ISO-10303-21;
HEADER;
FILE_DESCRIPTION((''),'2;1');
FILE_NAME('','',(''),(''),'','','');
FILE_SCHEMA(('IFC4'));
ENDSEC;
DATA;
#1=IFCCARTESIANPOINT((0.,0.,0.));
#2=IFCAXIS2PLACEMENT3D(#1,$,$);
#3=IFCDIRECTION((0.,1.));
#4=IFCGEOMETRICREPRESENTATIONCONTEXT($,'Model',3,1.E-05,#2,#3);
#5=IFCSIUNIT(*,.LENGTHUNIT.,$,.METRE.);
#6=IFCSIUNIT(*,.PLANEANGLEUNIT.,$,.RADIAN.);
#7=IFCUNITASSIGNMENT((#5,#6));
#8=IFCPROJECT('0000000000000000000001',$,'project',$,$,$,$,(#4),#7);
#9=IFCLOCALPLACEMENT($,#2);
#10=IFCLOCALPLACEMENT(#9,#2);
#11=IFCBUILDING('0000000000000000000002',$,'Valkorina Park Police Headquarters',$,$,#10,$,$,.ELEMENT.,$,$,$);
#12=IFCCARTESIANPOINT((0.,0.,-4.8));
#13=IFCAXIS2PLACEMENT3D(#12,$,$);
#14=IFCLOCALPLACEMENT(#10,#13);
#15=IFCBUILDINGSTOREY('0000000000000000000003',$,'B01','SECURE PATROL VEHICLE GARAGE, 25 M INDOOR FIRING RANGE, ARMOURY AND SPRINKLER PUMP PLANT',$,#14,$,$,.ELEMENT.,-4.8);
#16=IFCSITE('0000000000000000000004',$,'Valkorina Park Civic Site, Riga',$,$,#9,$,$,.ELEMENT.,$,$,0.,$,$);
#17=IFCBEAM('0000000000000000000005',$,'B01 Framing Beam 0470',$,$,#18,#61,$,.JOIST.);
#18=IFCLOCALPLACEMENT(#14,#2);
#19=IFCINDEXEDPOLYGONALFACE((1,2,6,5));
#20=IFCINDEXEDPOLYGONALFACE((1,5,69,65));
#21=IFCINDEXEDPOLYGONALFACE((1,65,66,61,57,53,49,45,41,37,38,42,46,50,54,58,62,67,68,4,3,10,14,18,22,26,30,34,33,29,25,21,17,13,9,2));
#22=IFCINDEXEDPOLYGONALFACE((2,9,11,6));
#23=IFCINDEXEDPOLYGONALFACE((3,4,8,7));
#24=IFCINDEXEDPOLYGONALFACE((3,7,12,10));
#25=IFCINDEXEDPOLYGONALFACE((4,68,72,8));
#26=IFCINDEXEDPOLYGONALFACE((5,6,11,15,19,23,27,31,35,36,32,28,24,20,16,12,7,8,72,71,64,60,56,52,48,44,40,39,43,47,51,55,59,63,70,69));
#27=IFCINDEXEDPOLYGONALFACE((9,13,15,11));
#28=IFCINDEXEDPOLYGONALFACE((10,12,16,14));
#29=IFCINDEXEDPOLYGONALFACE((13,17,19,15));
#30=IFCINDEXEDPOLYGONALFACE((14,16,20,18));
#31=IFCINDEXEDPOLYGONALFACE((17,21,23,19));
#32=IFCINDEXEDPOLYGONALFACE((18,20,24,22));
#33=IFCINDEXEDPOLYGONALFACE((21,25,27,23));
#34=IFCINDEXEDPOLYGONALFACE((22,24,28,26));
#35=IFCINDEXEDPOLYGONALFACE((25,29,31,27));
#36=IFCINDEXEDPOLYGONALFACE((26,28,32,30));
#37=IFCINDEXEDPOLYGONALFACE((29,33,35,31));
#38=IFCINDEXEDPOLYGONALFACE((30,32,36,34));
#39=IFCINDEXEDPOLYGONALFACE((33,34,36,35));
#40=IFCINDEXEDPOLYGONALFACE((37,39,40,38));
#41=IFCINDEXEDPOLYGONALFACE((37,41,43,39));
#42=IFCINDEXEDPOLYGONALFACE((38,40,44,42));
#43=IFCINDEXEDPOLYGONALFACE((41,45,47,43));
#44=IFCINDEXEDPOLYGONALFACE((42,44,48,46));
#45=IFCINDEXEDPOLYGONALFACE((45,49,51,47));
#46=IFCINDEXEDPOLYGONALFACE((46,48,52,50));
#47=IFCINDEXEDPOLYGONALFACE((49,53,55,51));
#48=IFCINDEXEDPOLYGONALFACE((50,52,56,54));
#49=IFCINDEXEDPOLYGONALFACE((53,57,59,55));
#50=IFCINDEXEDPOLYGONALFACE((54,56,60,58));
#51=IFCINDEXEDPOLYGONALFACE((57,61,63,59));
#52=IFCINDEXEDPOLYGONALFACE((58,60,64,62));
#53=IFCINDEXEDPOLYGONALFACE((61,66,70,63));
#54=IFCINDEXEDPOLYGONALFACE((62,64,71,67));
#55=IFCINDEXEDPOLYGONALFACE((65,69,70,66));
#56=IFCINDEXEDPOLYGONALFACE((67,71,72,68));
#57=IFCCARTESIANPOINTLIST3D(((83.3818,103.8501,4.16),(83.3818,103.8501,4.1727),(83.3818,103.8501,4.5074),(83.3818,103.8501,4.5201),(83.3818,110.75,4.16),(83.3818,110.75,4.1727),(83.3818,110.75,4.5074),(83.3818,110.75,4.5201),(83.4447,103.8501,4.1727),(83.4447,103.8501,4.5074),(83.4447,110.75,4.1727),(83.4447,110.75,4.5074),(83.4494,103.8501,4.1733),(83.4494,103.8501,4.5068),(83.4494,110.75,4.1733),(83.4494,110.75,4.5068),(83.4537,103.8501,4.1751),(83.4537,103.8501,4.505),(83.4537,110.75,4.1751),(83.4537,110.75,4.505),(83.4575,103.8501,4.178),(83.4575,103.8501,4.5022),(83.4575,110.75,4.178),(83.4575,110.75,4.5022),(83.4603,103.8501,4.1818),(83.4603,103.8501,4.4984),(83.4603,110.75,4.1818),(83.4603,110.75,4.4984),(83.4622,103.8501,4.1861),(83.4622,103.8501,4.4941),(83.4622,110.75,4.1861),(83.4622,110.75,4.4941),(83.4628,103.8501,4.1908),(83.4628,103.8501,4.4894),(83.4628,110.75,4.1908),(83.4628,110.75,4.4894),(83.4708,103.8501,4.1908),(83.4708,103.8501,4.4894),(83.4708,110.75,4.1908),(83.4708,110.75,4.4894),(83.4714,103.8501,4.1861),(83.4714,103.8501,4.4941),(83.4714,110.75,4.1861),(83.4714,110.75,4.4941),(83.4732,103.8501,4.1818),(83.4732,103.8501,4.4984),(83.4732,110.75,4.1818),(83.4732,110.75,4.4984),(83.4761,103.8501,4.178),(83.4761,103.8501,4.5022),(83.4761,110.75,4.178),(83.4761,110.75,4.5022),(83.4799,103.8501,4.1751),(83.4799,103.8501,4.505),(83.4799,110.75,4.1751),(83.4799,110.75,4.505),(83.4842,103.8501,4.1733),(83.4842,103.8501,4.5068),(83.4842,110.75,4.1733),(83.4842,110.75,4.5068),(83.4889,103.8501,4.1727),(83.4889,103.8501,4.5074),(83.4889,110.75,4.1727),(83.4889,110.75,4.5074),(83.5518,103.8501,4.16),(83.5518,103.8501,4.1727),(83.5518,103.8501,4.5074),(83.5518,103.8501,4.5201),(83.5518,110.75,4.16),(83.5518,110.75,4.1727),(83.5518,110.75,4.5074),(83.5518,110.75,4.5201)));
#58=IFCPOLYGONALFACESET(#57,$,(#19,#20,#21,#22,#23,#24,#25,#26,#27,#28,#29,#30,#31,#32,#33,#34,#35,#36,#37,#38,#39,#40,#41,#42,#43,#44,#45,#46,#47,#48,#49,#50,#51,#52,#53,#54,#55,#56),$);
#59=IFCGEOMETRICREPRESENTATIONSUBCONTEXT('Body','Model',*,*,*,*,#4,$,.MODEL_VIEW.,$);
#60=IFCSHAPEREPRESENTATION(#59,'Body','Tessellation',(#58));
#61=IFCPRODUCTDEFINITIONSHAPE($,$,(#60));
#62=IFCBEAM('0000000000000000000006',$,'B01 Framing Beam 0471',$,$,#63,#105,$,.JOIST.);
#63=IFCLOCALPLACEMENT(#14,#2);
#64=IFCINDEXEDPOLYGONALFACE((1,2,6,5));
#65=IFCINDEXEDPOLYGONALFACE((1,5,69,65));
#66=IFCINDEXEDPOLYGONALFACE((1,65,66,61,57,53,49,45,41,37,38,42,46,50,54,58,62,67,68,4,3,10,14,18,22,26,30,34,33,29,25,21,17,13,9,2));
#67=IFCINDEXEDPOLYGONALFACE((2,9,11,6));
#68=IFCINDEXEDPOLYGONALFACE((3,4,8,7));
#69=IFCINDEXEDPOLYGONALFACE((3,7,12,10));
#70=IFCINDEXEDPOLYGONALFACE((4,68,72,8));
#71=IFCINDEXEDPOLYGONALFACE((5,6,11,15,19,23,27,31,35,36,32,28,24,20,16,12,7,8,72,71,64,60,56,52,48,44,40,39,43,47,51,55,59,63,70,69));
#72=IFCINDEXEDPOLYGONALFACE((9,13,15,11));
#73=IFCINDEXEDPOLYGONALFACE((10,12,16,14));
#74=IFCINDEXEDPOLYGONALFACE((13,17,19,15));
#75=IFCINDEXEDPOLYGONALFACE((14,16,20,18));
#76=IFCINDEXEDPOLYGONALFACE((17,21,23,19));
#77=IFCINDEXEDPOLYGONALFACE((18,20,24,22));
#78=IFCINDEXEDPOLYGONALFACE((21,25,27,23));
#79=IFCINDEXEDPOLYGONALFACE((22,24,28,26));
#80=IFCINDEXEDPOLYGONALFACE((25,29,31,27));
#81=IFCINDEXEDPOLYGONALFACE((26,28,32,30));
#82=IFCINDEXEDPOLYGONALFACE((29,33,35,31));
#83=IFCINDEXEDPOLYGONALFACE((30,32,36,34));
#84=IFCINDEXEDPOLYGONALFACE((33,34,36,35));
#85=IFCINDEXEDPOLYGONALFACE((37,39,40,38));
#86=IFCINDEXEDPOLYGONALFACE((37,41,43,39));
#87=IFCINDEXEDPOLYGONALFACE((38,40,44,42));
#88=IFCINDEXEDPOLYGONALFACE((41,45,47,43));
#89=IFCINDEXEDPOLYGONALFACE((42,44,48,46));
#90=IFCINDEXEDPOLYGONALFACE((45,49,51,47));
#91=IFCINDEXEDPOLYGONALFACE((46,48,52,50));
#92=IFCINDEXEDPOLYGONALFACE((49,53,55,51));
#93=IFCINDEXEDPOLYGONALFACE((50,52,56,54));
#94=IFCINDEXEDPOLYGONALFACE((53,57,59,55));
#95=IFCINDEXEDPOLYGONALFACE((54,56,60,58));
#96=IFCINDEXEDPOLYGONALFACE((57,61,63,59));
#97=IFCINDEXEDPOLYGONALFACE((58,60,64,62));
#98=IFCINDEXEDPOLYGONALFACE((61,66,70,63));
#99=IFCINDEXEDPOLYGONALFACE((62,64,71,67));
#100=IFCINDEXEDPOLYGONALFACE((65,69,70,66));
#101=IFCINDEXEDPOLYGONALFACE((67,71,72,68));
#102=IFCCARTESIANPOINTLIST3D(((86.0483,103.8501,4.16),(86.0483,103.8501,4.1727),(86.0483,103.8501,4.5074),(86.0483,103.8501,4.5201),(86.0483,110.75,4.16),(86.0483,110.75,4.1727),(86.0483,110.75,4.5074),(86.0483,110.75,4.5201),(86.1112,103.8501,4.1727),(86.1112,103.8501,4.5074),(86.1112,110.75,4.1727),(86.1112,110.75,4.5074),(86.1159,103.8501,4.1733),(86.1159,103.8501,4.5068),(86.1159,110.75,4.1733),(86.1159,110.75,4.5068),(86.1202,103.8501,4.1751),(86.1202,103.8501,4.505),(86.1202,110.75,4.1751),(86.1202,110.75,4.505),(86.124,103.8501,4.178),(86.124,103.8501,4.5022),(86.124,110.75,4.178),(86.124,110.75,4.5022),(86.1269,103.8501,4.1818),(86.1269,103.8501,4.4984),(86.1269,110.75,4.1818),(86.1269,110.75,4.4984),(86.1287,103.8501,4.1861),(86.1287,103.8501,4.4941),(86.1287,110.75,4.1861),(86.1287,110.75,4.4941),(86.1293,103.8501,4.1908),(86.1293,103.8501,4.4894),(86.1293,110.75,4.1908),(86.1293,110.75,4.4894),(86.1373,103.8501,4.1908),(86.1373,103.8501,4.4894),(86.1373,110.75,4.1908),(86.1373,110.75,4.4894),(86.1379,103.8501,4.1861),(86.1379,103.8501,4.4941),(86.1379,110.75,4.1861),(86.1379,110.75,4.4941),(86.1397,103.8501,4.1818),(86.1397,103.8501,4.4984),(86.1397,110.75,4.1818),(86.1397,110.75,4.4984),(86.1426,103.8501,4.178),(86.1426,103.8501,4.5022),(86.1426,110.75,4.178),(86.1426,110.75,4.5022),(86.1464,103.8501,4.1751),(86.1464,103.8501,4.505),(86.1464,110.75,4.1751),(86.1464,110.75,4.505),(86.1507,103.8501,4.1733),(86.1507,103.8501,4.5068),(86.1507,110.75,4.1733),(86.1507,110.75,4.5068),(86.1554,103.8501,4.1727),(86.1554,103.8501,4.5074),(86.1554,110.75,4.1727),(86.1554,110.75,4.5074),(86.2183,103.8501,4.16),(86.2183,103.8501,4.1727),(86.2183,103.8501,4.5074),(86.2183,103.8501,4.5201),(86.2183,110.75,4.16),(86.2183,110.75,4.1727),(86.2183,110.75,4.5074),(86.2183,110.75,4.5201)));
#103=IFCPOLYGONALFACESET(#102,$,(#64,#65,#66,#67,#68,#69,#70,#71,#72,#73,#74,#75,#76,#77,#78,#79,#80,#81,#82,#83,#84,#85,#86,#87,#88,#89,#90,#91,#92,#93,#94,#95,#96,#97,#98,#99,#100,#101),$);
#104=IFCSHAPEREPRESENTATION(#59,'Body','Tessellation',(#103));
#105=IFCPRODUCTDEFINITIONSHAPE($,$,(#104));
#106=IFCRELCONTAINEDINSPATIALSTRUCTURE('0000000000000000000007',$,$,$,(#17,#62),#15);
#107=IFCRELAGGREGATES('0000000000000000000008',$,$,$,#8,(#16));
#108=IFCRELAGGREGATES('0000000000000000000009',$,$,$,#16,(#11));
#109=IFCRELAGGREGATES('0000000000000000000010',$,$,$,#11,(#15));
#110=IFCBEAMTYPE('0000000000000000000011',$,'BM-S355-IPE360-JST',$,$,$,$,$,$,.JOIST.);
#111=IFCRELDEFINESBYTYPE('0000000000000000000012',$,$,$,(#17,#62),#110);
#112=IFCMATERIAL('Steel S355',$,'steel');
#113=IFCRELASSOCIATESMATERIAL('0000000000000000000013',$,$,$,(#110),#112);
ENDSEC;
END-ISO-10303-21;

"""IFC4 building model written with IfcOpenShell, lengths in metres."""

from ifc_helpers import new_model, si_unit, direction, frame, origin, origin_2d, place, context, subcontext, project, spatial, i_section, extrude, material, material_profile, profile_set, type_object, element, save


model = new_model("IFC4")

# Units and contexts
model_context = context("Model", 3, precision=1e-05, world=origin(), true_north=direction((0.0, 1.0)))
body_context = subcontext(model_context, "Body", "Model", "MODEL_VIEW")
ifc_project = project(units=[si_unit("LENGTHUNIT", "METRE"), si_unit("PLANEANGLEUNIT", "RADIAN")], contexts=[model_context])

# Site, building, storey
site_placement = place(None, origin())
site = spatial("IfcSite", under=ifc_project, at=site_placement, Name="Valkorina Park Civic Site, Riga", CompositionType="ELEMENT", RefElevation=0.0)
building_placement = place(site_placement, origin())
building = spatial("IfcBuilding", under=site, at=building_placement, Name="Valkorina Park Police Headquarters", CompositionType="ELEMENT")
storey_placement = place(building_placement, frame((0.0, 0.0, -4.8)))
storey = spatial("IfcBuildingStorey", under=building, at=storey_placement, Name="B01", Description="SECURE PATROL VEHICLE GARAGE, 25 M INDOOR FIRING RANGE, ARMOURY AND SPRINKLER PUMP PLANT", CompositionType="ELEMENT", Elevation=-4.8)

# Beams
ifc_material_1 = material(Name="Steel S355", Category="steel")
ifc_material_profile_1 = material_profile(ifc_material_1, i_section(OverallWidth=0.1699, OverallDepth=0.3601, WebThickness=0.0081, FlangeThickness=0.0127, FilletRadius=0.0181, at=origin_2d()), Name="IPE 360")
ifc_profile_set_1 = profile_set([ifc_material_profile_1], Name="Steel S355")
beam_type_1 = type_object("IfcBeamType", Name="BM-S355-IPE360-JST", PredefinedType="JOIST", material=ifc_profile_set_1)
for number, where, z_axis, x_axis, name in (
    (1, (83.4668, 103.8501, 4.3401), (0.0, 1.0, 0.0), (-1.0, 0.0, 0.0), "B01 Framing Beam 0470"),
    (2, (86.1333, 103.8501, 4.3401), (0.0, 1.0, 0.0), (-1.0, 0.0, 0.0), "B01 Framing Beam 0471"),
):
    element("IfcBeam", number, at=place(storey_placement, frame(where, z_axis=z_axis, x_axis=x_axis)), inside=storey, type_object=beam_type_1, Name=name, PredefinedType="JOIST", context=body_context, shape_type="SweptSolid", body=[
        extrude(i_section(OverallWidth=0.1699, OverallDepth=0.3601, WebThickness=0.0081, FlangeThickness=0.0127, FilletRadius=0.0181, at=origin_2d()), origin(), (0.0, 0.0, 1.0), 6.8999),
    ])

save(model, "model.ifc")
